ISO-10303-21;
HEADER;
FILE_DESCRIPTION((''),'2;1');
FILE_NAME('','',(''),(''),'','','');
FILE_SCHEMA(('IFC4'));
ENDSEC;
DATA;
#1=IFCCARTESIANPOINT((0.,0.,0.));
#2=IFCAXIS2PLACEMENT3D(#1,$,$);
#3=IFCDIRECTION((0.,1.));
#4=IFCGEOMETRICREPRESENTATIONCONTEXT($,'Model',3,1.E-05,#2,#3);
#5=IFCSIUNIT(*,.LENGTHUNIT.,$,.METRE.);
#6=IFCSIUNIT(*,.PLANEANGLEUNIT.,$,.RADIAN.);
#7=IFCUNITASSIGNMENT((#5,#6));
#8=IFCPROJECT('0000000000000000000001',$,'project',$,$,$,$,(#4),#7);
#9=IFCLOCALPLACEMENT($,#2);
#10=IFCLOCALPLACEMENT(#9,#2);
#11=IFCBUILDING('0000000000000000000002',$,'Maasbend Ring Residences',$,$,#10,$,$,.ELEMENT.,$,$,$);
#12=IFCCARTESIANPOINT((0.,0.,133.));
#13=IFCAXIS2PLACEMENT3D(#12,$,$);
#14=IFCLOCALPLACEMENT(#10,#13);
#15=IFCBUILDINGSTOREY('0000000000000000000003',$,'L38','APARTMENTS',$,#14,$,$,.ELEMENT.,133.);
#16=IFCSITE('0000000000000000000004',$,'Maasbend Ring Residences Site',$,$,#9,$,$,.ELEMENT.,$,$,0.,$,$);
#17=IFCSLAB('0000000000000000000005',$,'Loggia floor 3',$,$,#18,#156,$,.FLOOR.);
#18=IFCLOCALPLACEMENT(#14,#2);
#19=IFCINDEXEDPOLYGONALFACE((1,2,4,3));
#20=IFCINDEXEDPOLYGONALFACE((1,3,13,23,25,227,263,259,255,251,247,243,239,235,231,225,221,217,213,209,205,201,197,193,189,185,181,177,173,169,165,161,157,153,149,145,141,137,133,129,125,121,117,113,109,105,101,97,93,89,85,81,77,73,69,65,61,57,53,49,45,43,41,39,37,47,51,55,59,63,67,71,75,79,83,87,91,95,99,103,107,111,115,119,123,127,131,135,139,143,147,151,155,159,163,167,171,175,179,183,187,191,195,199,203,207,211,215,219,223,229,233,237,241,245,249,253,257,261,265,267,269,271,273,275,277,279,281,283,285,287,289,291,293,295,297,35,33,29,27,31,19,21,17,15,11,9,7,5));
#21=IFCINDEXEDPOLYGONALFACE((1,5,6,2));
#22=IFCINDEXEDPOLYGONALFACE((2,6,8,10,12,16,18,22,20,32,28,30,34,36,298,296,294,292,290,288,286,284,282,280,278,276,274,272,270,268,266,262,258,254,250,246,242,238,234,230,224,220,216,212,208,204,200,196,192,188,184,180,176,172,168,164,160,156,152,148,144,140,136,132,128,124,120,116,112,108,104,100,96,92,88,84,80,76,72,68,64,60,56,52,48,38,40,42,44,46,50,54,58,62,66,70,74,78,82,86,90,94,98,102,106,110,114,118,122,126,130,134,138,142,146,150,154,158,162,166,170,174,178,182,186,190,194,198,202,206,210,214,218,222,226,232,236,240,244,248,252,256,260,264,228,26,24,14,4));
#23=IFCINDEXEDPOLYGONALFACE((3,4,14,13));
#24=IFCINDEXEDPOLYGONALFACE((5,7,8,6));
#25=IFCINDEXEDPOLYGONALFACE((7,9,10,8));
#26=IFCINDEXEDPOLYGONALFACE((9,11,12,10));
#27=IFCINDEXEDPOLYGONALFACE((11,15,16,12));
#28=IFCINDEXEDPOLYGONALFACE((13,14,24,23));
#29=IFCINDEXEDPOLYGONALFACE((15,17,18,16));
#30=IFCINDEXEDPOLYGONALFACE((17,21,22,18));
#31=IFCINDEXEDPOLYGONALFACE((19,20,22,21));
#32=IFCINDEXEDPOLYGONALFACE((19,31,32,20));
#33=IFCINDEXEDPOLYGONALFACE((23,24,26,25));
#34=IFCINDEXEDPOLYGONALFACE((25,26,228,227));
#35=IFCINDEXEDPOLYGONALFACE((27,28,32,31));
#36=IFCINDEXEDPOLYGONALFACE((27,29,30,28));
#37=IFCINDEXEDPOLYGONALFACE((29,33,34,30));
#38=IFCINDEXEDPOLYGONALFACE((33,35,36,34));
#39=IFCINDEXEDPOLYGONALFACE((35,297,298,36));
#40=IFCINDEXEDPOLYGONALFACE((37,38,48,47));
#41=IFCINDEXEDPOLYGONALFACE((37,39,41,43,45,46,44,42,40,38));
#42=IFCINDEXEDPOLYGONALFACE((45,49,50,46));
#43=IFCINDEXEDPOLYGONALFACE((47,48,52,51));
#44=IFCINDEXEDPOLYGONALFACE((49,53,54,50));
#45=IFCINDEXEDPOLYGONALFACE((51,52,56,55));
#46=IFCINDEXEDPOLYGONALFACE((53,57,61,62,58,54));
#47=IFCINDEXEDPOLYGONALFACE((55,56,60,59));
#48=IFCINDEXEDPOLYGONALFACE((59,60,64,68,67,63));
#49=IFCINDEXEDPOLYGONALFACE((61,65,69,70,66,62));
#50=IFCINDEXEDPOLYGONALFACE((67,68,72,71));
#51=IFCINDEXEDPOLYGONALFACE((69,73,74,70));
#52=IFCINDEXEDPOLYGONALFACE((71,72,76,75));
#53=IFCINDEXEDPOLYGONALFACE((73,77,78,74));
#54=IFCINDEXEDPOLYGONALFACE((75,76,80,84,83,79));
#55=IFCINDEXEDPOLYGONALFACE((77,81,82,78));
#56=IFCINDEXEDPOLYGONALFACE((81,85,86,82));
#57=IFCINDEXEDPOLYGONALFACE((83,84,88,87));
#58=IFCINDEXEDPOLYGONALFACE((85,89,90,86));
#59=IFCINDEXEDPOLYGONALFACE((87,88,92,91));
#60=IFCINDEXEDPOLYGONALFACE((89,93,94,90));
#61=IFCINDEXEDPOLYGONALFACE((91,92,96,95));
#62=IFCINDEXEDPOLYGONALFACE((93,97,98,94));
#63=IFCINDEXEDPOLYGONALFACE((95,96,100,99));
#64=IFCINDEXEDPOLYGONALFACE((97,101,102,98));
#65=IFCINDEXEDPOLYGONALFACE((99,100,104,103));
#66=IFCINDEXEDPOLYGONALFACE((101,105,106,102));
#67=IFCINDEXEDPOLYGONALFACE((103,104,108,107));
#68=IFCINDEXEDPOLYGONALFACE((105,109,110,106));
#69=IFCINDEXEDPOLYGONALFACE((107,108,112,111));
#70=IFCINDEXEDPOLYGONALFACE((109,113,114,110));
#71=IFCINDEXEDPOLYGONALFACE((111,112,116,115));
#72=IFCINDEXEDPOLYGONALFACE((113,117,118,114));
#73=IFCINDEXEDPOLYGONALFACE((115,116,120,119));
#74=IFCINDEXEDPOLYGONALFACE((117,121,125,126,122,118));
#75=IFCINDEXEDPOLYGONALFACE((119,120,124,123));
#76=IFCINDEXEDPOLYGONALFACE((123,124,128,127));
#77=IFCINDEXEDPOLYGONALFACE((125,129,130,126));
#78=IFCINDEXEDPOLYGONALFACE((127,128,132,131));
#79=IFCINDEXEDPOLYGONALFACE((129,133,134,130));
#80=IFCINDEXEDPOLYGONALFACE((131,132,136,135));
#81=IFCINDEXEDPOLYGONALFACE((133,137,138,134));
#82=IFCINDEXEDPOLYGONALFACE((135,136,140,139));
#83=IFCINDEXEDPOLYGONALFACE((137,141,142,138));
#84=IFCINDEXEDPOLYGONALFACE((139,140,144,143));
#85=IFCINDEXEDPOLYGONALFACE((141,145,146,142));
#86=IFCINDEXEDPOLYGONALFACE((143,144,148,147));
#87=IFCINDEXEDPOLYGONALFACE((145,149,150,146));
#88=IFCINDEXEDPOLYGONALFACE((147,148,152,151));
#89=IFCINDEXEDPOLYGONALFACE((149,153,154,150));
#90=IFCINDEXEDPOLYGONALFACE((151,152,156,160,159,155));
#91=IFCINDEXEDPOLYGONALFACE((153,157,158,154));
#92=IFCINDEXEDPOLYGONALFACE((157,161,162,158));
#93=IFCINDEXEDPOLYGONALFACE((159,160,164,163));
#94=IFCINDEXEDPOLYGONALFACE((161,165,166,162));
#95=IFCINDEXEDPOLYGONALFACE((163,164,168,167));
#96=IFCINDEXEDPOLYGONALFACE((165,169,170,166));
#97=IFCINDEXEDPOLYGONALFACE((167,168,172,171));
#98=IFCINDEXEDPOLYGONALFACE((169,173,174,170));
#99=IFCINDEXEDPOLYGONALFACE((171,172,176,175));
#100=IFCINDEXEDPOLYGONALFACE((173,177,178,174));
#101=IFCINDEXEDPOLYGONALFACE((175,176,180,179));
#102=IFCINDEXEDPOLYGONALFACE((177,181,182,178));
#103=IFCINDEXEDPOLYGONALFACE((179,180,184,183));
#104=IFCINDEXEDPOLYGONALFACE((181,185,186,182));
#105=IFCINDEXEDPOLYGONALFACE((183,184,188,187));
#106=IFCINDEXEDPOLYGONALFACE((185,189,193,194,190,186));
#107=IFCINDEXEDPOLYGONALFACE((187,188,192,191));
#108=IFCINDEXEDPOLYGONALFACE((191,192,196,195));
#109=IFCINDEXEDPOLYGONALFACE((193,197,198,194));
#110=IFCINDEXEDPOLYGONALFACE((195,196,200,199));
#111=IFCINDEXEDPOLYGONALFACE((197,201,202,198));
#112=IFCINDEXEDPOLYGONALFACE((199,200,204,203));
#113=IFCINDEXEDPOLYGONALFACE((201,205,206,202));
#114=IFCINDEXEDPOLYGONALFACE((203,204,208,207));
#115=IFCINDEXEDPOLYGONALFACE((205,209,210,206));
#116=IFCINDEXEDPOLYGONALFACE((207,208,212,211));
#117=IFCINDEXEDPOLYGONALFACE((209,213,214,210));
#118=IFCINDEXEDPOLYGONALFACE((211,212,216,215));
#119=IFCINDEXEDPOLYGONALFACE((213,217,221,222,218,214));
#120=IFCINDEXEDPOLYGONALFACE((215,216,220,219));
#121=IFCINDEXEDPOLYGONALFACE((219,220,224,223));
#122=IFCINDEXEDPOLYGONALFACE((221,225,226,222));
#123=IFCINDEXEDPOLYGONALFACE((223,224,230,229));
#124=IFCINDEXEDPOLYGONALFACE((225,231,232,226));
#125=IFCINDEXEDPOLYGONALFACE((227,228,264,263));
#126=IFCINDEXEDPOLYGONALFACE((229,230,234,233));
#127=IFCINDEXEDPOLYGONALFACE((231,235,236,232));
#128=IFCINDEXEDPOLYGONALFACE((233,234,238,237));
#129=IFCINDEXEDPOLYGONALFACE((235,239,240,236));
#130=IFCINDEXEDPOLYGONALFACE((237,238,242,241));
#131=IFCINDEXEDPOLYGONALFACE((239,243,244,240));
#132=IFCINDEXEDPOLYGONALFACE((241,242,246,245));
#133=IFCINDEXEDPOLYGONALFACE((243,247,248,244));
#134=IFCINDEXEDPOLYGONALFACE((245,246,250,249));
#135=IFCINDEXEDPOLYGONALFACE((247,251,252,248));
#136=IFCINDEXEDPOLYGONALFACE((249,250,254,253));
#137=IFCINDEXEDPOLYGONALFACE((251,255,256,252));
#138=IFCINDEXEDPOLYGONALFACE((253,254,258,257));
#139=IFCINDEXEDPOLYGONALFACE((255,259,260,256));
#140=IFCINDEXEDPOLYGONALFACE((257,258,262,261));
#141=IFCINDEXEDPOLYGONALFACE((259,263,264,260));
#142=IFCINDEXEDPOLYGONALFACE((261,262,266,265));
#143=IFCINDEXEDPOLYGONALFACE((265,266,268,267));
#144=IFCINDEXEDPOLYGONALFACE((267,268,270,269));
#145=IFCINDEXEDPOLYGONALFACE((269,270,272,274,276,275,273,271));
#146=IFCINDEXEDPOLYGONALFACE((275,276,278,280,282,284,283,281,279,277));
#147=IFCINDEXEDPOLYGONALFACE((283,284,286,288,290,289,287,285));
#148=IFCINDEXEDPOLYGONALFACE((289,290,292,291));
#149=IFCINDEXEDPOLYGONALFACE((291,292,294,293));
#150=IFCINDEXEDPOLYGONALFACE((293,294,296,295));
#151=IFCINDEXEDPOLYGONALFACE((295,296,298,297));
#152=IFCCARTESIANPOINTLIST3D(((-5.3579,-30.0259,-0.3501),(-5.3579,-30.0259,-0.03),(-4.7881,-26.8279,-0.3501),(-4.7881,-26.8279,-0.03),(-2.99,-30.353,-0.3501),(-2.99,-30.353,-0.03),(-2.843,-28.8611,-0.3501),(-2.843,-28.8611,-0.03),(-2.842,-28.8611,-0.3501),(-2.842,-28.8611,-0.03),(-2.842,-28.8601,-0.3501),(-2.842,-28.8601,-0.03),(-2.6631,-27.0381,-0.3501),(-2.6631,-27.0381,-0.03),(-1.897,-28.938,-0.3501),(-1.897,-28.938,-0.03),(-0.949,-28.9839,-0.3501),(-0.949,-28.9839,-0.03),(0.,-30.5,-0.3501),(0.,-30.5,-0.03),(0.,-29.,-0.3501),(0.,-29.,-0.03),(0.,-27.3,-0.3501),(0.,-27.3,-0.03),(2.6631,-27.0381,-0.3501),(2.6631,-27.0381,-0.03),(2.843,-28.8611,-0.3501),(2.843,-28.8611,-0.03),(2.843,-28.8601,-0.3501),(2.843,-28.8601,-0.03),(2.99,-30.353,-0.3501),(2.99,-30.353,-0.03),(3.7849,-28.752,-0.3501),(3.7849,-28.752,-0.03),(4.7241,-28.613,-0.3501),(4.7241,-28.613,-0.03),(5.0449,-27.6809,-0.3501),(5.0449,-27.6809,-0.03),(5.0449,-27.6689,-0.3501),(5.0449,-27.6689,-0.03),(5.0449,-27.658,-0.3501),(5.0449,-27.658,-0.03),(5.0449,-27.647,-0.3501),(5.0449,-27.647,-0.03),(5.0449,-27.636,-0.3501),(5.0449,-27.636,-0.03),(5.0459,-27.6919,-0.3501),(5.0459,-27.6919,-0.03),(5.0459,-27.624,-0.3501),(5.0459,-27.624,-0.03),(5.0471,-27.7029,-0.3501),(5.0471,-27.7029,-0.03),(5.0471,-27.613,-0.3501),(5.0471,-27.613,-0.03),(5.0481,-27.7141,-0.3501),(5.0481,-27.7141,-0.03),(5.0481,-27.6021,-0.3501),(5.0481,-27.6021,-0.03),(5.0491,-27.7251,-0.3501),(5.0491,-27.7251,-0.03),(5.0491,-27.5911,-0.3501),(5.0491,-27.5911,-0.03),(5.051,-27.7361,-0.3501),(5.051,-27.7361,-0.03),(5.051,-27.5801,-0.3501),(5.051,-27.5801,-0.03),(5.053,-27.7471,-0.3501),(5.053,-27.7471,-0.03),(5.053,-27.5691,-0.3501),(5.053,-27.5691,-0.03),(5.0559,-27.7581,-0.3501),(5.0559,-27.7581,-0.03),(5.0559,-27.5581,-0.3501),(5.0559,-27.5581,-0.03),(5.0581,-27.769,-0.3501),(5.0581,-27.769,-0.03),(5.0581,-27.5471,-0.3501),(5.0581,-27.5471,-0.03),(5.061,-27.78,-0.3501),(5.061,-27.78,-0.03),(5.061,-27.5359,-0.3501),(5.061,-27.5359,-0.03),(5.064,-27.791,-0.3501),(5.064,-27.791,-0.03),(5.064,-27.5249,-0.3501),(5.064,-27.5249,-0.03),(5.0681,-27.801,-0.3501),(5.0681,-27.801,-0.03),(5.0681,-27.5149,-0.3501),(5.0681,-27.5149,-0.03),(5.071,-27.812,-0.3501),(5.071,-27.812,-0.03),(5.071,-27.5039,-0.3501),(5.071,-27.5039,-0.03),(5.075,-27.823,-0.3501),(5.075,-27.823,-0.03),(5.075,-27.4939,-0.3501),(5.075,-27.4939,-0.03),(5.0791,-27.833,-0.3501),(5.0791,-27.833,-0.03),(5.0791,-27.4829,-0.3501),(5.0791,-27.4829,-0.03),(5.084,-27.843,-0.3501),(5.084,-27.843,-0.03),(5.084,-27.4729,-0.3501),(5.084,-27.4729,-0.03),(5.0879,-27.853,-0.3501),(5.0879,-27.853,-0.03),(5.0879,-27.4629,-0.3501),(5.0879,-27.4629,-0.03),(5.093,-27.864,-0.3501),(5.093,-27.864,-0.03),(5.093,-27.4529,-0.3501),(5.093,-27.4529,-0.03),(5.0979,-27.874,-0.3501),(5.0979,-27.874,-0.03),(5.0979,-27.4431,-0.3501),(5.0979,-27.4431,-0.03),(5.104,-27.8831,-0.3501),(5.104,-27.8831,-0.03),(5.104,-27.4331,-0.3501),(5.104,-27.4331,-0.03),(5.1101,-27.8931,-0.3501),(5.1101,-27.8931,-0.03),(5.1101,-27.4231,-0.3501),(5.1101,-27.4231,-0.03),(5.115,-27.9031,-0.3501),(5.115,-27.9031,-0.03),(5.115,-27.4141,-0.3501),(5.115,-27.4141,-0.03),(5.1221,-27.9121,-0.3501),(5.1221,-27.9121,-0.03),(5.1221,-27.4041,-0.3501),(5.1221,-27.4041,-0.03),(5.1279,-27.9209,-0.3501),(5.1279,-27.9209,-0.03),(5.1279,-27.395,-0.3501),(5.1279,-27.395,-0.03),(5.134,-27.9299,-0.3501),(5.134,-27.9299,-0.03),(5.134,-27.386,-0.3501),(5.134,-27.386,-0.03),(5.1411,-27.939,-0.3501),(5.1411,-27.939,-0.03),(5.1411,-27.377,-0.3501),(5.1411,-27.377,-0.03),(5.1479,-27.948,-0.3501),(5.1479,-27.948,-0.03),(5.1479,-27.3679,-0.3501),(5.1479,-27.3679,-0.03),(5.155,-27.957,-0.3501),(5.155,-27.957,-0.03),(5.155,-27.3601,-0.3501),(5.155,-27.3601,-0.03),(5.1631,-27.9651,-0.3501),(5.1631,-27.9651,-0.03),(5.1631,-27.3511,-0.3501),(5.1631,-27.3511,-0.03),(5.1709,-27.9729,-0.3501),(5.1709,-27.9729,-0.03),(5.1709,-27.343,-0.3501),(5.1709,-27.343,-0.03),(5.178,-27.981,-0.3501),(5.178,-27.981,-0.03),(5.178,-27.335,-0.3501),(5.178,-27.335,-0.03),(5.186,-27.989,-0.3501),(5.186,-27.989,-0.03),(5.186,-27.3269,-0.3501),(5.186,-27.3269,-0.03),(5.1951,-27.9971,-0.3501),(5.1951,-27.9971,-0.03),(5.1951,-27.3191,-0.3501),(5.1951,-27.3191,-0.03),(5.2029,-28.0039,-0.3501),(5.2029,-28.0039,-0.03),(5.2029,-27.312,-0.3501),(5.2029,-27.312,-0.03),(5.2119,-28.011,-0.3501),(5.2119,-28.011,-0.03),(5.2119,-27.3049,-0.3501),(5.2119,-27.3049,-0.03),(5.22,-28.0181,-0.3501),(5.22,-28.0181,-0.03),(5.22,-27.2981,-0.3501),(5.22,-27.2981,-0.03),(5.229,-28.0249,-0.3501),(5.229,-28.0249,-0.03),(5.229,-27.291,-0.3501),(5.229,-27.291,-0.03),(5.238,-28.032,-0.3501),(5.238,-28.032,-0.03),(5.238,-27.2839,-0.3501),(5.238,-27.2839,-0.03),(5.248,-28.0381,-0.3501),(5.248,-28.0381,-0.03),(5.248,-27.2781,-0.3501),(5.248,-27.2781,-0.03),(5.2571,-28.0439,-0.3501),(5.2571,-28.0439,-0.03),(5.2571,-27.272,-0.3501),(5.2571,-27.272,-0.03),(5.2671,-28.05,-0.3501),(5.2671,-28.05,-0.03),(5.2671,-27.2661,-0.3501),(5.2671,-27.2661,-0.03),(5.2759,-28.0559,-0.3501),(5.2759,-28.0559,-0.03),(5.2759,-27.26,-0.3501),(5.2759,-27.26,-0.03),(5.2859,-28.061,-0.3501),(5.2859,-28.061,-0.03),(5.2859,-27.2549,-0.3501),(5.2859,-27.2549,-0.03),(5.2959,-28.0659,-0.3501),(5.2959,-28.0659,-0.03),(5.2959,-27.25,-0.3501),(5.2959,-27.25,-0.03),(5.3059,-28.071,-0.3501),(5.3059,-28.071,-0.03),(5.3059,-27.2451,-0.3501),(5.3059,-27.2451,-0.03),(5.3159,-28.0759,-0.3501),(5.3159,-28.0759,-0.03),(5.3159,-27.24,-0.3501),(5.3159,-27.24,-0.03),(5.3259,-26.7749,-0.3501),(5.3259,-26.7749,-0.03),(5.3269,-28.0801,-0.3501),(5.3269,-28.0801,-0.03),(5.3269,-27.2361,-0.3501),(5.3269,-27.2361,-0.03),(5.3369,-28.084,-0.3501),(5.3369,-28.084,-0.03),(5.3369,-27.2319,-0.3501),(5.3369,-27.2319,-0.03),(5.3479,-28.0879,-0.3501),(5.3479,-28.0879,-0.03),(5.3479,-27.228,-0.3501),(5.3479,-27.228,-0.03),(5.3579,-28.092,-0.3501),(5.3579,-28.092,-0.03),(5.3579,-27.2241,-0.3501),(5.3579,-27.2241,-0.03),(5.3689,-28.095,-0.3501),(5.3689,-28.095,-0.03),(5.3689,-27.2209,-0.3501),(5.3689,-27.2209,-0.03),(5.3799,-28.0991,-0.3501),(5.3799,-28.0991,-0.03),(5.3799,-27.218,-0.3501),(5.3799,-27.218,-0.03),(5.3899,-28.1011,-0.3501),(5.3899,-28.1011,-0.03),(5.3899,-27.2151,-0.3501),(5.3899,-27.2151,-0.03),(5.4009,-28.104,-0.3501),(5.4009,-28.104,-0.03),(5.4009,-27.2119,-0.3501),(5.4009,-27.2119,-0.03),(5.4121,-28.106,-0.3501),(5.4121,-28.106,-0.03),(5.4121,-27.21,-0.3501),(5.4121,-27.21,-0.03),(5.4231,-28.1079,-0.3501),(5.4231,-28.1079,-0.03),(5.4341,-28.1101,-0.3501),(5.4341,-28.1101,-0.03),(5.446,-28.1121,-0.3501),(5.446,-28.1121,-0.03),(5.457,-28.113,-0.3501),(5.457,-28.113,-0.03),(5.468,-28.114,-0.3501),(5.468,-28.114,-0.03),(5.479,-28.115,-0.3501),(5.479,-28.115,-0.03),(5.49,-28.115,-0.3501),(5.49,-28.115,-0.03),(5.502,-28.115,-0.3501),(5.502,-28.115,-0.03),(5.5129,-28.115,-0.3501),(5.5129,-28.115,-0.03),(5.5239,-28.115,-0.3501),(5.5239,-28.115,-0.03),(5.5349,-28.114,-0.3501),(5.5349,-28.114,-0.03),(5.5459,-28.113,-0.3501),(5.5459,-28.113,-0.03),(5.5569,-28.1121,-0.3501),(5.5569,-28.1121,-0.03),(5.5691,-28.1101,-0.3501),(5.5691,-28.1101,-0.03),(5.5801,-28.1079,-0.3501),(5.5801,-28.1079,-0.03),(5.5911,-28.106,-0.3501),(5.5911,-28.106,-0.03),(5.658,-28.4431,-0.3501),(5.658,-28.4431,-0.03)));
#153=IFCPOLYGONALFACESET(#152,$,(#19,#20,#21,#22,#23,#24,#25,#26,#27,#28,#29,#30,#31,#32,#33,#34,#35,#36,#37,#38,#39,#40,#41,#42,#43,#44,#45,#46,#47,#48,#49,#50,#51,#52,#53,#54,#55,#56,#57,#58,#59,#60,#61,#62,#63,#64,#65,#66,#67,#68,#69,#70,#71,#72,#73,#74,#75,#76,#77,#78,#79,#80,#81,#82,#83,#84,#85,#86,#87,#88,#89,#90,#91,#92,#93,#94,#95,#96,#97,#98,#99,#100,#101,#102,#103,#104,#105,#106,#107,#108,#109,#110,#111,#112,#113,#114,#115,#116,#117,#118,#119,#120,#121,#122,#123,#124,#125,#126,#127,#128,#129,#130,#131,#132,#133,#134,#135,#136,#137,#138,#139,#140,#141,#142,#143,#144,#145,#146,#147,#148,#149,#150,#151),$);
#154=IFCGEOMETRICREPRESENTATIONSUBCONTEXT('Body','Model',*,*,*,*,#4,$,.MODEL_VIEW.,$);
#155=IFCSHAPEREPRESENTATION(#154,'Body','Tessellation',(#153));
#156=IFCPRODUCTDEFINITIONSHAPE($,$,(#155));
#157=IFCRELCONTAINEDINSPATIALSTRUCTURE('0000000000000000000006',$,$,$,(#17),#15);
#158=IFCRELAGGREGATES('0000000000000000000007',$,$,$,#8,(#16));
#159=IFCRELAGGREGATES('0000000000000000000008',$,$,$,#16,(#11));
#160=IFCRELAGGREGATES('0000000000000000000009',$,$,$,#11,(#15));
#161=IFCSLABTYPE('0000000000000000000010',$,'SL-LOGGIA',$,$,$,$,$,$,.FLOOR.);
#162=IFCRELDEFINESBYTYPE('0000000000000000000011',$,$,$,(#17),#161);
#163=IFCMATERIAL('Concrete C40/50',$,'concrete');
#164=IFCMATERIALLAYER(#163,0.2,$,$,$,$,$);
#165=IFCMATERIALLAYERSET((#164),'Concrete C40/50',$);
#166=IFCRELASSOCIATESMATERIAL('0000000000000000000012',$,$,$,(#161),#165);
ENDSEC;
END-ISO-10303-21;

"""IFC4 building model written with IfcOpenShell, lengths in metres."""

from ifc_helpers import new_model, si_unit, direction, frame, origin, place, context, subcontext, project, spatial, polyline, outline, extrude, material, layer, layer_set, type_object, element, save


model = new_model("IFC4")

# Units and contexts
model_context = context("Model", 3, precision=1e-05, world=origin(), true_north=direction((0.0, 1.0)))
body_context = subcontext(model_context, "Body", "Model", "MODEL_VIEW")
ifc_project = project(units=[si_unit("LENGTHUNIT", "METRE"), si_unit("PLANEANGLEUNIT", "RADIAN")], contexts=[model_context])

# Site, building, storey
site_placement = place(None, origin())
site = spatial("IfcSite", under=ifc_project, at=site_placement, Name="Maasbend Ring Residences Site", CompositionType="ELEMENT", RefElevation=0.0)
building_placement = place(site_placement, origin())
building = spatial("IfcBuilding", under=site, at=building_placement, Name="Maasbend Ring Residences", CompositionType="ELEMENT")
storey_placement = place(building_placement, frame((0.0, 0.0, 133.0)))
storey = spatial("IfcBuildingStorey", under=building, at=storey_placement, Name="L38", Description="APARTMENTS", CompositionType="ELEMENT", Elevation=133.0)

# Slab
ifc_material_1 = material(Name="Concrete C40/50", Category="concrete")
ifc_layer_1 = layer(ifc_material_1, 0.2)
ifc_layer_set_1 = layer_set([ifc_layer_1], Name="Concrete C40/50")
slab_type = type_object("IfcSlabType", Name="SL-LOGGIA", PredefinedType="FLOOR", material=ifc_layer_set_1)
slab_1_placement = place(storey_placement, frame((0.0, 0.0, -0.3501)))
element("IfcSlab", 1, at=slab_1_placement, inside=storey, type_object=slab_type, Name="Loggia floor 3", PredefinedType="FLOOR", context=body_context, shape_type="SweptSolid", body=[
    extrude(outline(polyline([(-2.6631, -27.0381), (0.0, -27.3), (0.0, -27.3), (0.0, -27.3), (2.6631, -27.0381), (5.3259, -26.7749), (5.3259, -26.7749), (5.3259, -26.7749), (5.4121, -27.21), (5.4121, -27.21), (5.4009, -27.2119), (5.3899, -27.2151), (5.3799, -27.218), (5.3689, -27.2209), (5.3579, -27.2241), (5.3479, -27.228), (5.3369, -27.2319), (5.3269, -27.2361), (5.3159, -27.24), (5.3059, -27.2451), (5.2959, -27.25), (5.2859, -27.2549), (5.2759, -27.26), (5.2671, -27.2661), (5.2571, -27.272), (5.248, -27.2781), (5.238, -27.2839), (5.229, -27.291), (5.22, -27.2981), (5.2119, -27.3049), (5.2029, -27.312), (5.1951, -27.3191), (5.186, -27.3269), (5.178, -27.335), (5.1709, -27.343), (5.1631, -27.3511), (5.155, -27.3601), (5.1479, -27.3679), (5.1411, -27.377), (5.134, -27.386), (5.1279, -27.395), (5.1221, -27.4041), (5.115, -27.4141), (5.1101, -27.4231), (5.104, -27.4331), (5.0979, -27.4431), (5.093, -27.4529), (5.0879, -27.4629), (5.084, -27.4729), (5.0791, -27.4829), (5.075, -27.4939), (5.071, -27.5039), (5.0681, -27.5149), (5.064, -27.5249), (5.061, -27.5359), (5.0581, -27.5471), (5.0559, -27.5581), (5.053, -27.5691), (5.051, -27.5801), (5.0491, -27.5911), (5.0481, -27.6021), (5.0471, -27.613), (5.0459, -27.624), (5.0449, -27.636), (5.0449, -27.647), (5.0449, -27.658), (5.0449, -27.6689), (5.0449, -27.6809), (5.0459, -27.6919), (5.0471, -27.7029), (5.0481, -27.7141), (5.0491, -27.7251), (5.051, -27.7361), (5.053, -27.7471), (5.0559, -27.7581), (5.0581, -27.769), (5.061, -27.78), (5.064, -27.791), (5.0681, -27.801), (5.071, -27.812), (5.075, -27.823), (5.0791, -27.833), (5.084, -27.843), (5.0879, -27.853), (5.093, -27.864), (5.0979, -27.874), (5.104, -27.8831), (5.1101, -27.8931), (5.115, -27.9031), (5.1221, -27.9121), (5.1279, -27.9209), (5.134, -27.9299), (5.1411, -27.939), (5.1479, -27.948), (5.155, -27.957), (5.1631, -27.9651), (5.1709, -27.9729), (5.178, -27.981), (5.186, -27.989), (5.1951, -27.9971), (5.2029, -28.0039), (5.2119, -28.011), (5.22, -28.0181), (5.229, -28.0249), (5.238, -28.032), (5.248, -28.0381), (5.2571, -28.0439), (5.2671, -28.05), (5.2759, -28.0559), (5.2859, -28.061), (5.2959, -28.0659), (5.3059, -28.071), (5.3159, -28.0759), (5.3269, -28.0801), (5.3369, -28.084), (5.3479, -28.0879), (5.3579, -28.092), (5.3689, -28.095), (5.3799, -28.0991), (5.3899, -28.1011), (5.4009, -28.104), (5.4121, -28.106), (5.4231, -28.1079), (5.4341, -28.1101), (5.446, -28.1121), (5.457, -28.113), (5.468, -28.114), (5.479, -28.115), (5.49, -28.115), (5.502, -28.115), (5.5129, -28.115), (5.5239, -28.115), (5.5349, -28.114), (5.5459, -28.113), (5.5569, -28.1121), (5.5691, -28.1101), (5.5801, -28.1079), (5.5911, -28.106), (5.5911, -28.106), (5.658, -28.4431), (5.658, -28.4431), (5.658, -28.4431), (4.7241, -28.613), (4.7241, -28.613), (3.7849, -28.752), (3.7849, -28.752), (2.843, -28.8601), (2.843, -28.8601), (2.843, -28.8601), (2.843, -28.8601), (2.843, -28.8601), (2.843, -28.8601), (2.843, -28.8601), (2.843, -28.8601), (2.843, -28.8601), (2.843, -28.8611), (2.843, -28.8611), (2.843, -28.8611), (2.843, -28.8611), (2.843, -28.8611), (2.843, -28.8611), (2.843, -28.8611), (2.843, -28.8611), (2.99, -30.353), (2.99, -30.353), (2.99, -30.353), (0.0, -30.5), (0.0, -30.5), (0.0, -30.5), (0.0, -29.0), (0.0, -29.0), (0.0, -29.0), (0.0, -29.0), (0.0, -29.0), (0.0, -29.0), (0.0, -29.0), (0.0, -29.0), (0.0, -29.0), (0.0, -29.0), (0.0, -29.0), (0.0, -29.0), (0.0, -29.0), (0.0, -29.0), (0.0, -29.0), (0.0, -29.0), (0.0, -29.0), (-0.949, -28.9839), (-0.949, -28.9839), (-1.897, -28.938), (-1.897, -28.938), (-2.842, -28.8601), (-2.842, -28.8601), (-2.842, -28.8601), (-2.842, -28.8601), (-2.842, -28.8601), (-2.842, -28.8601), (-2.842, -28.8601), (-2.842, -28.8601), (-2.842, -28.8611), (-2.842, -28.8611), (-2.842, -28.8611), (-2.842, -28.8611), (-2.842, -28.8611), (-2.843, -28.8611), (-2.843, -28.8611), (-2.843, -28.8611), (-2.843, -28.8611), (-2.99, -30.353), (-2.99, -30.353), (-2.99, -30.353), (-5.3579, -30.0259), (-5.3579, -30.0259), (-5.3579, -30.0259), (-4.7881, -26.8279), (-4.7881, -26.8279), (-4.7881, -26.8279), (-2.6631, -27.0381)])), origin(), (0.0, 0.0, 1.0), 0.3201),
])

save(model, "model.ifc")
